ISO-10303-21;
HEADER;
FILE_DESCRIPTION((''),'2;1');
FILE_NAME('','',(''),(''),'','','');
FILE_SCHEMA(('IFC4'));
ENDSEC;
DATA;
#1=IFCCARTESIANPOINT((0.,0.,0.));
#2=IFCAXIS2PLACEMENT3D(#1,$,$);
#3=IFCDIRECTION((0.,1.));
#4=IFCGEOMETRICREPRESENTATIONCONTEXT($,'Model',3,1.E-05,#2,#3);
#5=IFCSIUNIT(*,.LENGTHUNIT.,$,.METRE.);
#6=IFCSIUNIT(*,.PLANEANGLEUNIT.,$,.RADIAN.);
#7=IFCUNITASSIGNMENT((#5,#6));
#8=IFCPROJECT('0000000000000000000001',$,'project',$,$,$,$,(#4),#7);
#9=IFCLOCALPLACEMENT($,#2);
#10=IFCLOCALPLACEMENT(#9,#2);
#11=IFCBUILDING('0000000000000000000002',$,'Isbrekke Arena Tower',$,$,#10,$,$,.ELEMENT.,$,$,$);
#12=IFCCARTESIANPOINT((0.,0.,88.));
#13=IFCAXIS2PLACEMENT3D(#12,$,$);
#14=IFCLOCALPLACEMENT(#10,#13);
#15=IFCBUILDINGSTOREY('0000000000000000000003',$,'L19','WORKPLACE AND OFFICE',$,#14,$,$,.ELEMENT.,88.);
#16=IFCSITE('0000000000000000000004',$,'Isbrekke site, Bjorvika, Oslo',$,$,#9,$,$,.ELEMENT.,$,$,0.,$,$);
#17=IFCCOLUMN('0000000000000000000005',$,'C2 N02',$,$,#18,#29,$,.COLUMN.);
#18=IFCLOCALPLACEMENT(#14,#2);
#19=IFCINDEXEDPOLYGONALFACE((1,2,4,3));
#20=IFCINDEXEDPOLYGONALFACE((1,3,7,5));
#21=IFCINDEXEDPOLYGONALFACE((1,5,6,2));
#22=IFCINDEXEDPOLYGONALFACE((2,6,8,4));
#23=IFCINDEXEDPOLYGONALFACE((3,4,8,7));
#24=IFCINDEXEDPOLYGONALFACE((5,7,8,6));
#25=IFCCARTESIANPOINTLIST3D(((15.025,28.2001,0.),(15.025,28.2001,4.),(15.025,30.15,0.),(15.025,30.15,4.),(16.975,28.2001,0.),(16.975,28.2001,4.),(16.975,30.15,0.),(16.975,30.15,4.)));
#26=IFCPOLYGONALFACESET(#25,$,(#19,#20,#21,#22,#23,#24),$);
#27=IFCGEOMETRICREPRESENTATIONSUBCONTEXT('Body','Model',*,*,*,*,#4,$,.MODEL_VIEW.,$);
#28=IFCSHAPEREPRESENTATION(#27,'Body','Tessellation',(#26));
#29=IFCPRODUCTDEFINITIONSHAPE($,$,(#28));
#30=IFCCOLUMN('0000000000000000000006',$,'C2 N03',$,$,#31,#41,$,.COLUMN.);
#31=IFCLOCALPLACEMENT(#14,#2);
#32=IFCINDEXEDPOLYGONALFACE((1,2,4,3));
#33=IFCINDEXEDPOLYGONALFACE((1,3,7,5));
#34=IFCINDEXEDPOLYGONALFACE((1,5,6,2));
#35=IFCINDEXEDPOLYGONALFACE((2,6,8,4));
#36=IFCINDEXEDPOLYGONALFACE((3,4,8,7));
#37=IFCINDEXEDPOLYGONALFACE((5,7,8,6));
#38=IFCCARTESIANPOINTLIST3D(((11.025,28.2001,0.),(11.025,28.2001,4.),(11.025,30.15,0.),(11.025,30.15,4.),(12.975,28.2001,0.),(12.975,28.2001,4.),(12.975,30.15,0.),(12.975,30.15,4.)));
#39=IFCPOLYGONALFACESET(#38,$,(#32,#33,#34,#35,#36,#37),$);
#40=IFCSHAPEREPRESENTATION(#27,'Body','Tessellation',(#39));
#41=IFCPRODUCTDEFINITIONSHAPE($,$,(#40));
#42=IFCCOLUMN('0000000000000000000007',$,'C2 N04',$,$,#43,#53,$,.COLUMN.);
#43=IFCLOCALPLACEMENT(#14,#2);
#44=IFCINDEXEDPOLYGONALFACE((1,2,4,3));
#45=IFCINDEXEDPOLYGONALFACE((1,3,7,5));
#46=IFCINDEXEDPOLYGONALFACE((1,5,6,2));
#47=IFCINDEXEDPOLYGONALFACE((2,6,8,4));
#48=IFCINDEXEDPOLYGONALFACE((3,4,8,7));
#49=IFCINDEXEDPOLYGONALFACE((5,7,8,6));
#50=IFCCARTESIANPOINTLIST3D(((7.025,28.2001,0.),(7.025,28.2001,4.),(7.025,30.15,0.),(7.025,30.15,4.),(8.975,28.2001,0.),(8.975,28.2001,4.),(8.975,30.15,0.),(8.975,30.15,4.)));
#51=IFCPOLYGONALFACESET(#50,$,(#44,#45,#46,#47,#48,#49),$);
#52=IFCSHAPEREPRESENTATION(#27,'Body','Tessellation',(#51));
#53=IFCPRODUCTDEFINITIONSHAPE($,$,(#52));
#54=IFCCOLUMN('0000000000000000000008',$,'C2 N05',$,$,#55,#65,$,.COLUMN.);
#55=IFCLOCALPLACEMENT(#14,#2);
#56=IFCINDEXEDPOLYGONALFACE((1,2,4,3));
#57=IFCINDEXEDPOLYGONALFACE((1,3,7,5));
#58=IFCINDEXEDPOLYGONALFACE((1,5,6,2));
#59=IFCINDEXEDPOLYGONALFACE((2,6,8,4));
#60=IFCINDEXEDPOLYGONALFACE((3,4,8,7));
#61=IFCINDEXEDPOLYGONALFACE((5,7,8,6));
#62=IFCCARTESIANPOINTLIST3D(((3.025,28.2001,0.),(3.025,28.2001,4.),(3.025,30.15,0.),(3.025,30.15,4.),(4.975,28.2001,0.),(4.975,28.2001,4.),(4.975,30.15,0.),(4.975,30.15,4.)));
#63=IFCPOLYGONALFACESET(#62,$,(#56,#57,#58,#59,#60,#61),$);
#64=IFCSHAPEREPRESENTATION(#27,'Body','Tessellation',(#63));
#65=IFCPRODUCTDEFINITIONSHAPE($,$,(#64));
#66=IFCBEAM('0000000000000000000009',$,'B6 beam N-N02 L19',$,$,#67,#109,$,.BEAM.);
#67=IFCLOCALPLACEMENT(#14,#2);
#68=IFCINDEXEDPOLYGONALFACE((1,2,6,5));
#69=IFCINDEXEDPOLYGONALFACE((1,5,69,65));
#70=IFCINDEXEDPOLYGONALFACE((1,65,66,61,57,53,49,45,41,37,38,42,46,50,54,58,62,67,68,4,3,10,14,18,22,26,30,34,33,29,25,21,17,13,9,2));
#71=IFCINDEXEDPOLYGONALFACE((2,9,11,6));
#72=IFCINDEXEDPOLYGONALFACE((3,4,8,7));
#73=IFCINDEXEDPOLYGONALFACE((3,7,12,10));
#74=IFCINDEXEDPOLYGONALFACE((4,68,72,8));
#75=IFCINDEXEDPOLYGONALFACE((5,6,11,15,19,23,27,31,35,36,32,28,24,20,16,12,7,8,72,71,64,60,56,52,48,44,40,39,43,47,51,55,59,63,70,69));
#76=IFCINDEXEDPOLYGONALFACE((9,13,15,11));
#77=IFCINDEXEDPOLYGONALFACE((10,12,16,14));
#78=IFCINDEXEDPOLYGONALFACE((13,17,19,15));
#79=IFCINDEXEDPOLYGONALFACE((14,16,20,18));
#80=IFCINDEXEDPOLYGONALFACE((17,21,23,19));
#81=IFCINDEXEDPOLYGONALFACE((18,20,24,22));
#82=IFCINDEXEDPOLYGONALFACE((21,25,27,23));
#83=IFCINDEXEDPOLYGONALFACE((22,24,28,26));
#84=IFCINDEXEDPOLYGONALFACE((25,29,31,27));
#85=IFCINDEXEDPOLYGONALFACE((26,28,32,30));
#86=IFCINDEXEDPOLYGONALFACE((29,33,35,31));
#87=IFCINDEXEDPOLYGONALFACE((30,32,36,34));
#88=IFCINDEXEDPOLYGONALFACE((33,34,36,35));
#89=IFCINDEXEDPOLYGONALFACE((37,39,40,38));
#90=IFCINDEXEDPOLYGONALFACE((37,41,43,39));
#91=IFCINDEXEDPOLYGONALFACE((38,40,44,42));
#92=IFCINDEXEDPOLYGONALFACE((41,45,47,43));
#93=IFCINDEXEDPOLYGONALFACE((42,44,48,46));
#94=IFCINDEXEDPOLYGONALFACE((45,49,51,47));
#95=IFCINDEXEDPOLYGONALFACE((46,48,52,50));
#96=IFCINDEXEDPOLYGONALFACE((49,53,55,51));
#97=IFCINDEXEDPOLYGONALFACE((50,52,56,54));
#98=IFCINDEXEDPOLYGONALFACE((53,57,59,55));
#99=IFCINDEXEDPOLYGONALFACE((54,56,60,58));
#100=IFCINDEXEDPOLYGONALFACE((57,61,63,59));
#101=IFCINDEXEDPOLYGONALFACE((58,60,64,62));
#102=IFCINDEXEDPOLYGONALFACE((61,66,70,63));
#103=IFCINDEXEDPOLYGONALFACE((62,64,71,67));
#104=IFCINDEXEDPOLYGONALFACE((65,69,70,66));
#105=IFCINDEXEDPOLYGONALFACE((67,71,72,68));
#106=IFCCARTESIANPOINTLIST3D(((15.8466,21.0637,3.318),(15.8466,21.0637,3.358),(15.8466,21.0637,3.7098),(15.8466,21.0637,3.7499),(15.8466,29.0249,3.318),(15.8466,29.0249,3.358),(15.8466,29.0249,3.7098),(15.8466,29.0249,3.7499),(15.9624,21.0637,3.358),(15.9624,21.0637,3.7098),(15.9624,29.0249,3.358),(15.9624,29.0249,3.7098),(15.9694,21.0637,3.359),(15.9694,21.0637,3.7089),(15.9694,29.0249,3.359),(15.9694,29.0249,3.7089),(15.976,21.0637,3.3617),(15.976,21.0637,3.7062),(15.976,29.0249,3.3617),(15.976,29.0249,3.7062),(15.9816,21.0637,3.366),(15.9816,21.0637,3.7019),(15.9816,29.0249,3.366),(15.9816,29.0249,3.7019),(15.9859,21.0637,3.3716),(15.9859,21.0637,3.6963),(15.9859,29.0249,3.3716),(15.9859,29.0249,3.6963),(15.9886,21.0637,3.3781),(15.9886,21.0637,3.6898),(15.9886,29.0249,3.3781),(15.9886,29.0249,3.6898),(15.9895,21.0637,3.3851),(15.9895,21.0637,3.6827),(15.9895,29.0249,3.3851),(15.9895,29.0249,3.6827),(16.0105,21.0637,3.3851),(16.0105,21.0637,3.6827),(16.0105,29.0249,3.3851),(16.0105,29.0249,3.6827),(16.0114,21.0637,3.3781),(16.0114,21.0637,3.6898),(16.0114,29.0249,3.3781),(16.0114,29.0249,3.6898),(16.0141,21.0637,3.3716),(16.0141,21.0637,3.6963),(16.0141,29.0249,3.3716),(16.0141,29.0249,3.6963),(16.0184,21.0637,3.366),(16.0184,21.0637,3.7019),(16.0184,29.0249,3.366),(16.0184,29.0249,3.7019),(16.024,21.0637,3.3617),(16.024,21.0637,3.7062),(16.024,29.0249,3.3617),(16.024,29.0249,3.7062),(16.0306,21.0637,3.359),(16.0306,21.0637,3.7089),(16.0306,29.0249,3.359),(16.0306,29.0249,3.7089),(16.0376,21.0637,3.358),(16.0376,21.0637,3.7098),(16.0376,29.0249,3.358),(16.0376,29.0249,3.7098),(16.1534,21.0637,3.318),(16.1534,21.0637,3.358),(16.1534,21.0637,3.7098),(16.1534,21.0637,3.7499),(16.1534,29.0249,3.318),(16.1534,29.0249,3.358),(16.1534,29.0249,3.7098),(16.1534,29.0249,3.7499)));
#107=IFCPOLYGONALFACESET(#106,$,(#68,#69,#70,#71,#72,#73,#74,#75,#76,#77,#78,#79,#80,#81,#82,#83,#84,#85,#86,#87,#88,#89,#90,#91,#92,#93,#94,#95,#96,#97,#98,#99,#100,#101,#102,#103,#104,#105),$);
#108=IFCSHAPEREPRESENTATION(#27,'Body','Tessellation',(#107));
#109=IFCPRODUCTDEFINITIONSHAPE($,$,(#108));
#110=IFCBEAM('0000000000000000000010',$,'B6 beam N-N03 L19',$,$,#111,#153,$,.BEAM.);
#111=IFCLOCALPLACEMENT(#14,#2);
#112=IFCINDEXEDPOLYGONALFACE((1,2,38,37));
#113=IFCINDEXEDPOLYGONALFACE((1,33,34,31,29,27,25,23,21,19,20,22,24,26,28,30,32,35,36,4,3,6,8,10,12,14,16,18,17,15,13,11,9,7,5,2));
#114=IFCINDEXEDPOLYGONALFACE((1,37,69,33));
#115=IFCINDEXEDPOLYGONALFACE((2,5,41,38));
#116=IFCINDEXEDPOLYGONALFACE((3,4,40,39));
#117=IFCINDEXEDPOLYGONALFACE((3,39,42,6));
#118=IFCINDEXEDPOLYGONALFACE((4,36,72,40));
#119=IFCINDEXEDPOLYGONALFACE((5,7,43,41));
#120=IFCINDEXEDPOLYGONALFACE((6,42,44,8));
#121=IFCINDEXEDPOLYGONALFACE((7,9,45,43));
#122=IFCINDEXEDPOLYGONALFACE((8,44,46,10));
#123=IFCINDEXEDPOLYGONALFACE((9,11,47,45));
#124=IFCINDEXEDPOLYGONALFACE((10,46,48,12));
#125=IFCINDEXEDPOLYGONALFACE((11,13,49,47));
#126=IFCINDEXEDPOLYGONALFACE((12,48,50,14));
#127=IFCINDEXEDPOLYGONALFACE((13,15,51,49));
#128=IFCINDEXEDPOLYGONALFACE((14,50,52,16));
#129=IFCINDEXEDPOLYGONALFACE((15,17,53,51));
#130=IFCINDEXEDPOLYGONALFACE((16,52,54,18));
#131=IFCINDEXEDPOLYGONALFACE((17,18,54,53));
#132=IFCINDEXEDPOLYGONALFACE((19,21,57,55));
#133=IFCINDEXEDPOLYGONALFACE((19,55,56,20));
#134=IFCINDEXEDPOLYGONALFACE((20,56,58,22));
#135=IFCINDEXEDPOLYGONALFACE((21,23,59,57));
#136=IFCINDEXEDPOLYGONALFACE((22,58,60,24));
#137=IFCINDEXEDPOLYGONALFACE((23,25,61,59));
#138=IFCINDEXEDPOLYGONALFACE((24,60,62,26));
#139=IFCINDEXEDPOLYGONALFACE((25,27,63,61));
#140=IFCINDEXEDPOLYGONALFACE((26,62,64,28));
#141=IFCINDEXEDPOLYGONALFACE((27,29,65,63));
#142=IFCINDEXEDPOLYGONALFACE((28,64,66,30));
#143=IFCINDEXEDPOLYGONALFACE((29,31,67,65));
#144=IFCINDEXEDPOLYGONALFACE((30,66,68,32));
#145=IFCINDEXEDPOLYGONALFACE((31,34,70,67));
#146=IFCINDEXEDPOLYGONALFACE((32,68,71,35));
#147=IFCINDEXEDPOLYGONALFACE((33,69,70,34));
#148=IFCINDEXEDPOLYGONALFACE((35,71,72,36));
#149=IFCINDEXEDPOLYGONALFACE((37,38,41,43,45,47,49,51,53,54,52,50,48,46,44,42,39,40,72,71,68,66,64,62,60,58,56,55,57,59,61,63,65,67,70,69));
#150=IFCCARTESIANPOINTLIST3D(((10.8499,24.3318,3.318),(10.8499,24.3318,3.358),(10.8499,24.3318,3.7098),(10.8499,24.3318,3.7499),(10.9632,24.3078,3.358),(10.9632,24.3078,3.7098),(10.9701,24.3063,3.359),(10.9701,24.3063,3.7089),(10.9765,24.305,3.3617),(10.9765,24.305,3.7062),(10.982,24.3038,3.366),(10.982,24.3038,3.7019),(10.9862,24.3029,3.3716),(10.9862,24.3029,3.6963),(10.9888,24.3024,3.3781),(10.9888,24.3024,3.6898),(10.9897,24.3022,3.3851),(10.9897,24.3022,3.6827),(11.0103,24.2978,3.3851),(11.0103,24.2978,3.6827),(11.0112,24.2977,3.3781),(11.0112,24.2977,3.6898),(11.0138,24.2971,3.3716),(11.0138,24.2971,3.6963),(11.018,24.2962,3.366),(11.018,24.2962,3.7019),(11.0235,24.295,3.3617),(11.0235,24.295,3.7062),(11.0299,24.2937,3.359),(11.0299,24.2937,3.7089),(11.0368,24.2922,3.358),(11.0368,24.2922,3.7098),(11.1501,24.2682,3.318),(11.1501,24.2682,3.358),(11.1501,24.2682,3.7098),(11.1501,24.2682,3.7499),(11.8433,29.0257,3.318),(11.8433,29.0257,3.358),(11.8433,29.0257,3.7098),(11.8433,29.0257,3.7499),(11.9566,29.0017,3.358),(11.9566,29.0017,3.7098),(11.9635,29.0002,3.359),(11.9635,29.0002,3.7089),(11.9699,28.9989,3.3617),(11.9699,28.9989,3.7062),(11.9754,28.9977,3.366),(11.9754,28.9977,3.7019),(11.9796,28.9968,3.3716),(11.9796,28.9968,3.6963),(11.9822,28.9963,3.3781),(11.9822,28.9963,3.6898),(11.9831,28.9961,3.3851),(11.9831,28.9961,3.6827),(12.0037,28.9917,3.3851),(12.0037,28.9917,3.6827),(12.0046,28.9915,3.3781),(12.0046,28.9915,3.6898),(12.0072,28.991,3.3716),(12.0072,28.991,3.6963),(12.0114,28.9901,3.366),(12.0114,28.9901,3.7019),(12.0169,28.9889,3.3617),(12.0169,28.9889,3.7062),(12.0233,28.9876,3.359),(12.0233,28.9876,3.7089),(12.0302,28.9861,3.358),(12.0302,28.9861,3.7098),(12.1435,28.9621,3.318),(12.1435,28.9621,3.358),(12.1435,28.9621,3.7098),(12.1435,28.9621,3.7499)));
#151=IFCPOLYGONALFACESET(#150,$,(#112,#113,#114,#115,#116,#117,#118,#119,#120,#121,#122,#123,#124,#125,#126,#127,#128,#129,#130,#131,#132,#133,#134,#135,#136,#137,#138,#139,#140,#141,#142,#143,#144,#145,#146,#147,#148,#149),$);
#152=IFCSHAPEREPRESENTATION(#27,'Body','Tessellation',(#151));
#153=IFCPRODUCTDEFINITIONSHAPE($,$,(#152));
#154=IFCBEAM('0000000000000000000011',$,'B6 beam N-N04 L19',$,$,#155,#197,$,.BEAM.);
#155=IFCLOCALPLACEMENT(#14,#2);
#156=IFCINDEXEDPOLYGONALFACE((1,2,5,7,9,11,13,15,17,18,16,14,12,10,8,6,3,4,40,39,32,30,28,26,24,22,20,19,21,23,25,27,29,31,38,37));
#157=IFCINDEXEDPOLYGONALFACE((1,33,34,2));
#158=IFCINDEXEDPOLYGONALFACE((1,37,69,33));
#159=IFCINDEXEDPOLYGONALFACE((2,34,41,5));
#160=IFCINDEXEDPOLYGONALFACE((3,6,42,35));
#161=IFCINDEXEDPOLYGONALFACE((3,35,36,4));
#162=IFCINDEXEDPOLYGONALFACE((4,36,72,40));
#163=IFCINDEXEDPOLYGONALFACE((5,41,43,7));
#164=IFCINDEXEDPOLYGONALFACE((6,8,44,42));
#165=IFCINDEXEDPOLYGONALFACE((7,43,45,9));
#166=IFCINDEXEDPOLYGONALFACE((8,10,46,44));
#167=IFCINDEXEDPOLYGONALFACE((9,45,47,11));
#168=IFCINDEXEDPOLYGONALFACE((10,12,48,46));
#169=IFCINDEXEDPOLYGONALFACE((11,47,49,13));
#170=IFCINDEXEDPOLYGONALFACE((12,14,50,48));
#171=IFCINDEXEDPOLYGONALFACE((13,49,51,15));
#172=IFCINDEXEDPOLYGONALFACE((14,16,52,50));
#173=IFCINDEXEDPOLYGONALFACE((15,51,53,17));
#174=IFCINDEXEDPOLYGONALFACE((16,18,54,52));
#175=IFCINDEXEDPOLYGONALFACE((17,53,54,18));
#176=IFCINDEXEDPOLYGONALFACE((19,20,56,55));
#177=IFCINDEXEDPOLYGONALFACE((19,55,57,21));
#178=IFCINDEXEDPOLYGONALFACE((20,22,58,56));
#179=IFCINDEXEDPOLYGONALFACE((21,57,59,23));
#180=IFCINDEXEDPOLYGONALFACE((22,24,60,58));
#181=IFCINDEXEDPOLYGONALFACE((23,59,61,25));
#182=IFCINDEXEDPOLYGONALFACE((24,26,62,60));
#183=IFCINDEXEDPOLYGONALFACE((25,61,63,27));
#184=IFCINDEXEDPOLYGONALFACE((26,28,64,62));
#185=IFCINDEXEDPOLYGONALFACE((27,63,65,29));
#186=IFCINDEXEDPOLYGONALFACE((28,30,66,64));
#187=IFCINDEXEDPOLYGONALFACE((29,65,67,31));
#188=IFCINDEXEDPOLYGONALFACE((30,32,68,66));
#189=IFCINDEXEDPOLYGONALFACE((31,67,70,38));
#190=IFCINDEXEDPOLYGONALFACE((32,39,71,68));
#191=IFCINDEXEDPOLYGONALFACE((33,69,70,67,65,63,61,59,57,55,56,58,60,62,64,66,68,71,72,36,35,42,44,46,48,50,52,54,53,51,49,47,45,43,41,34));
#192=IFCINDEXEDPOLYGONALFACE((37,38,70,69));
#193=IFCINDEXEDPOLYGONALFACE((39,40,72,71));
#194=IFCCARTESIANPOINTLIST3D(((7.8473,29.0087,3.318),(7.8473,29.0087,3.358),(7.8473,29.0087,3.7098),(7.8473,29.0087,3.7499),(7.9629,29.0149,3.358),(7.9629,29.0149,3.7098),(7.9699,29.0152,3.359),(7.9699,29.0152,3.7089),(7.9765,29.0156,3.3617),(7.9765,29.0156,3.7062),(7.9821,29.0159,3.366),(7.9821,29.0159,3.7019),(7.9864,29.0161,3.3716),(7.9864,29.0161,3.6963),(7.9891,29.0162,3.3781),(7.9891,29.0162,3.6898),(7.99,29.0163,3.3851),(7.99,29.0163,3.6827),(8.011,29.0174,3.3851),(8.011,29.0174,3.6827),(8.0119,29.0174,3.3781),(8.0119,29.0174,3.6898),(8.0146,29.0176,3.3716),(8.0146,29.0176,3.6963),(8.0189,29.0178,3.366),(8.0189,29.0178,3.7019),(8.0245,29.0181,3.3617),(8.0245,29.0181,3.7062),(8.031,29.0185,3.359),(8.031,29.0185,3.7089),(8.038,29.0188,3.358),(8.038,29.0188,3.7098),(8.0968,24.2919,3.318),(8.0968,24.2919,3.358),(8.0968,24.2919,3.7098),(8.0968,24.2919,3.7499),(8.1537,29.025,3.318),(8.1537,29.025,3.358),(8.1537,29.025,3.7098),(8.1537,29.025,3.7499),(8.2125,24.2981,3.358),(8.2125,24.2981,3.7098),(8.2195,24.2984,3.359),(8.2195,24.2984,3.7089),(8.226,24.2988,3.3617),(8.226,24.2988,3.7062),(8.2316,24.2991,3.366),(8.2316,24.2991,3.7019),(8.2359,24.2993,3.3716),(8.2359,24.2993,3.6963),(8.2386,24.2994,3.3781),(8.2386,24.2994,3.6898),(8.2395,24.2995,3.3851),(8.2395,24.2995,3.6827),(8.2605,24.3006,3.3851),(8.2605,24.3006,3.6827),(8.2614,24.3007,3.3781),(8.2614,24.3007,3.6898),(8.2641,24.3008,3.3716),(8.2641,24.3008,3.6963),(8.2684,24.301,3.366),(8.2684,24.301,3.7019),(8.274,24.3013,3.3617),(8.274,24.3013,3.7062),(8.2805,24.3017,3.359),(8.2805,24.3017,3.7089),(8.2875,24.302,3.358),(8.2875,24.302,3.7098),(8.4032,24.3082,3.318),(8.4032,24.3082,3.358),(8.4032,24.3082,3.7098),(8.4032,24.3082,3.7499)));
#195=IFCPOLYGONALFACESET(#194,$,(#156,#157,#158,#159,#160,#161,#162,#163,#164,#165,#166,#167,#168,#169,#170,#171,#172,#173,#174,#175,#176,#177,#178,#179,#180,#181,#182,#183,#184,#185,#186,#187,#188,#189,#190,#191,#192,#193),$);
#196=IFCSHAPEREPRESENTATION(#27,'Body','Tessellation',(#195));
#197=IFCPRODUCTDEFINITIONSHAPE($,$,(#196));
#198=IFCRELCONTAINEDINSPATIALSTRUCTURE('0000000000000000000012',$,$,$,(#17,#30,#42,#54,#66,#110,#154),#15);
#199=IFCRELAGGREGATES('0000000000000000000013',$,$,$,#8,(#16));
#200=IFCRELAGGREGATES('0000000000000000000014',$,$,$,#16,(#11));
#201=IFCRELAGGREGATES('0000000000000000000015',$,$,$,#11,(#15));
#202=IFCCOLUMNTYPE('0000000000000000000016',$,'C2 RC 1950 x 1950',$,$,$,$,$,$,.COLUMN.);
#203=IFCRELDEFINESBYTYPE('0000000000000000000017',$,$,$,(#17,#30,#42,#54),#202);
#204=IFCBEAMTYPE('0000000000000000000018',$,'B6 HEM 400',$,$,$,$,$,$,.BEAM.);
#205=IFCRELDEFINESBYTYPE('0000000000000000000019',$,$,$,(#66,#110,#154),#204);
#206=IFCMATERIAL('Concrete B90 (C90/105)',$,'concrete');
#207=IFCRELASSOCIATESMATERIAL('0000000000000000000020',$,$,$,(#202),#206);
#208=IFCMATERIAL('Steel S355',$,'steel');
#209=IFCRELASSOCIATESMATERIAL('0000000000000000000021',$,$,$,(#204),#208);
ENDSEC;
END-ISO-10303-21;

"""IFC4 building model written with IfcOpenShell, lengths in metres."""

from ifc_helpers import new_model, si_unit, direction, frame, origin, origin_2d, place, context, subcontext, project, spatial, rectangle, i_section, extrude, material, material_profile, profile_set, type_object, element, save


model = new_model("IFC4")

# Units and contexts
model_context = context("Model", 3, precision=1e-05, world=origin(), true_north=direction((0.0, 1.0)))
body_context = subcontext(model_context, "Body", "Model", "MODEL_VIEW")
ifc_project = project(units=[si_unit("LENGTHUNIT", "METRE"), si_unit("PLANEANGLEUNIT", "RADIAN")], contexts=[model_context])

# Site, building, storey
site_placement = place(None, origin())
site = spatial("IfcSite", under=ifc_project, at=site_placement, Name="Isbrekke site, Bjorvika, Oslo", CompositionType="ELEMENT", RefElevation=0.0)
building_placement = place(site_placement, origin())
building = spatial("IfcBuilding", under=site, at=building_placement, Name="Isbrekke Arena Tower", CompositionType="ELEMENT")
storey_placement = place(building_placement, frame((0.0, 0.0, 88.0)))
storey = spatial("IfcBuildingStorey", under=building, at=storey_placement, Name="L19", Description="WORKPLACE AND OFFICE", CompositionType="ELEMENT", Elevation=88.0)

# Columns
ifc_material_1 = material(Name="Concrete B90 (C90/105)", Category="concrete")
ifc_material_profile_1 = material_profile(ifc_material_1, rectangle(XDim=1.95, YDim=1.95, at=origin_2d()), Name="RC 1950x1950")
ifc_profile_set_1 = profile_set([ifc_material_profile_1], Name="Concrete B90 (C90/105)")
column_type = type_object("IfcColumnType", Name="C2 RC 1950 x 1950", PredefinedType="COLUMN", material=ifc_profile_set_1)
for number, where, z_axis, x_axis, name in (
    (1, (16.0, 29.175, 0.0), (0.0, 0.0, 1.0), (-1.0, 0.0, 0.0), "C2 N02"),
    (2, (12.0, 29.175, 0.0), (0.0, 0.0, 1.0), (-1.0, 0.0, 0.0), "C2 N03"),
    (3, (8.0, 29.175, 0.0), (0.0, 0.0, 1.0), (-1.0, 0.0, 0.0), "C2 N04"),
    (4, (4.0, 29.175, 0.0), (0.0, 0.0, 1.0), (-1.0, 0.0, 0.0), "C2 N05"),
):
    element("IfcColumn", number, at=place(storey_placement, frame(where, z_axis=z_axis, x_axis=x_axis)), inside=storey, type_object=column_type, Name=name, PredefinedType="COLUMN", context=body_context, shape_type="SweptSolid", body=[
        extrude(rectangle(XDim=1.95, YDim=1.95, at=origin_2d()), origin(), (0.0, 0.0, 1.0), 4.0),
    ])

# Beams
ifc_material_2 = material(Name="Steel S355", Category="steel")
ifc_material_profile_2 = material_profile(ifc_material_2, i_section(OverallWidth=0.3069, OverallDepth=0.4319, WebThickness=0.021, FlangeThickness=0.04, FilletRadius=0.0271, at=origin_2d()), Name="HEM 400")
ifc_profile_set_2 = profile_set([ifc_material_profile_2], Name="Steel S355")
beam_type_1 = type_object("IfcBeamType", Name="B6 HEM 400", PredefinedType="BEAM", material=ifc_profile_set_2)
beam_1_placement = place(storey_placement, frame((16.0, 29.0249, 3.5339), z_axis=(0.0, -1.0, 0.0), x_axis=(1.0, 0.0, 0.0)))
element("IfcBeam", 5, at=beam_1_placement, inside=storey, type_object=beam_type_1, Name="B6 beam N-N02 L19", PredefinedType="BEAM", context=body_context, shape_type="SweptSolid", body=[
    extrude(i_section(OverallWidth=0.3069, OverallDepth=0.4319, WebThickness=0.021, FlangeThickness=0.04, FilletRadius=0.0271, at=origin_2d()), origin(), (0.0, 0.0, 1.0), 7.9612),
])
beam_2_placement = place(storey_placement, frame((11.9934, 28.9939, 3.5339), z_axis=(-0.207054, -0.978329, 0.0), x_axis=(0.978329, -0.207054, 0.0)))
element("IfcBeam", 6, at=beam_2_placement, inside=storey, type_object=beam_type_1, Name="B6 beam N-N03 L19", PredefinedType="BEAM", context=body_context, shape_type="SweptSolid", body=[
    extrude(i_section(OverallWidth=0.3069, OverallDepth=0.4319, WebThickness=0.021, FlangeThickness=0.04, FilletRadius=0.0271, at=origin_2d()), origin(), (0.0, 0.0, 1.0), 4.7979),
])
beam_3_placement = place(storey_placement, frame((8.0005, 29.0168, 3.5339), z_axis=(0.052825, -0.998604, 0.0), x_axis=(0.998604, 0.052825, 0.0)))
element("IfcBeam", 7, at=beam_3_placement, inside=storey, type_object=beam_type_1, Name="B6 beam N-N04 L19", PredefinedType="BEAM", context=body_context, shape_type="SweptSolid", body=[
    extrude(i_section(OverallWidth=0.3069, OverallDepth=0.4319, WebThickness=0.021, FlangeThickness=0.04, FilletRadius=0.0271, at=origin_2d()), origin(), (0.0, 0.0, 1.0), 4.7234),
])

save(model, "model.ifc")
